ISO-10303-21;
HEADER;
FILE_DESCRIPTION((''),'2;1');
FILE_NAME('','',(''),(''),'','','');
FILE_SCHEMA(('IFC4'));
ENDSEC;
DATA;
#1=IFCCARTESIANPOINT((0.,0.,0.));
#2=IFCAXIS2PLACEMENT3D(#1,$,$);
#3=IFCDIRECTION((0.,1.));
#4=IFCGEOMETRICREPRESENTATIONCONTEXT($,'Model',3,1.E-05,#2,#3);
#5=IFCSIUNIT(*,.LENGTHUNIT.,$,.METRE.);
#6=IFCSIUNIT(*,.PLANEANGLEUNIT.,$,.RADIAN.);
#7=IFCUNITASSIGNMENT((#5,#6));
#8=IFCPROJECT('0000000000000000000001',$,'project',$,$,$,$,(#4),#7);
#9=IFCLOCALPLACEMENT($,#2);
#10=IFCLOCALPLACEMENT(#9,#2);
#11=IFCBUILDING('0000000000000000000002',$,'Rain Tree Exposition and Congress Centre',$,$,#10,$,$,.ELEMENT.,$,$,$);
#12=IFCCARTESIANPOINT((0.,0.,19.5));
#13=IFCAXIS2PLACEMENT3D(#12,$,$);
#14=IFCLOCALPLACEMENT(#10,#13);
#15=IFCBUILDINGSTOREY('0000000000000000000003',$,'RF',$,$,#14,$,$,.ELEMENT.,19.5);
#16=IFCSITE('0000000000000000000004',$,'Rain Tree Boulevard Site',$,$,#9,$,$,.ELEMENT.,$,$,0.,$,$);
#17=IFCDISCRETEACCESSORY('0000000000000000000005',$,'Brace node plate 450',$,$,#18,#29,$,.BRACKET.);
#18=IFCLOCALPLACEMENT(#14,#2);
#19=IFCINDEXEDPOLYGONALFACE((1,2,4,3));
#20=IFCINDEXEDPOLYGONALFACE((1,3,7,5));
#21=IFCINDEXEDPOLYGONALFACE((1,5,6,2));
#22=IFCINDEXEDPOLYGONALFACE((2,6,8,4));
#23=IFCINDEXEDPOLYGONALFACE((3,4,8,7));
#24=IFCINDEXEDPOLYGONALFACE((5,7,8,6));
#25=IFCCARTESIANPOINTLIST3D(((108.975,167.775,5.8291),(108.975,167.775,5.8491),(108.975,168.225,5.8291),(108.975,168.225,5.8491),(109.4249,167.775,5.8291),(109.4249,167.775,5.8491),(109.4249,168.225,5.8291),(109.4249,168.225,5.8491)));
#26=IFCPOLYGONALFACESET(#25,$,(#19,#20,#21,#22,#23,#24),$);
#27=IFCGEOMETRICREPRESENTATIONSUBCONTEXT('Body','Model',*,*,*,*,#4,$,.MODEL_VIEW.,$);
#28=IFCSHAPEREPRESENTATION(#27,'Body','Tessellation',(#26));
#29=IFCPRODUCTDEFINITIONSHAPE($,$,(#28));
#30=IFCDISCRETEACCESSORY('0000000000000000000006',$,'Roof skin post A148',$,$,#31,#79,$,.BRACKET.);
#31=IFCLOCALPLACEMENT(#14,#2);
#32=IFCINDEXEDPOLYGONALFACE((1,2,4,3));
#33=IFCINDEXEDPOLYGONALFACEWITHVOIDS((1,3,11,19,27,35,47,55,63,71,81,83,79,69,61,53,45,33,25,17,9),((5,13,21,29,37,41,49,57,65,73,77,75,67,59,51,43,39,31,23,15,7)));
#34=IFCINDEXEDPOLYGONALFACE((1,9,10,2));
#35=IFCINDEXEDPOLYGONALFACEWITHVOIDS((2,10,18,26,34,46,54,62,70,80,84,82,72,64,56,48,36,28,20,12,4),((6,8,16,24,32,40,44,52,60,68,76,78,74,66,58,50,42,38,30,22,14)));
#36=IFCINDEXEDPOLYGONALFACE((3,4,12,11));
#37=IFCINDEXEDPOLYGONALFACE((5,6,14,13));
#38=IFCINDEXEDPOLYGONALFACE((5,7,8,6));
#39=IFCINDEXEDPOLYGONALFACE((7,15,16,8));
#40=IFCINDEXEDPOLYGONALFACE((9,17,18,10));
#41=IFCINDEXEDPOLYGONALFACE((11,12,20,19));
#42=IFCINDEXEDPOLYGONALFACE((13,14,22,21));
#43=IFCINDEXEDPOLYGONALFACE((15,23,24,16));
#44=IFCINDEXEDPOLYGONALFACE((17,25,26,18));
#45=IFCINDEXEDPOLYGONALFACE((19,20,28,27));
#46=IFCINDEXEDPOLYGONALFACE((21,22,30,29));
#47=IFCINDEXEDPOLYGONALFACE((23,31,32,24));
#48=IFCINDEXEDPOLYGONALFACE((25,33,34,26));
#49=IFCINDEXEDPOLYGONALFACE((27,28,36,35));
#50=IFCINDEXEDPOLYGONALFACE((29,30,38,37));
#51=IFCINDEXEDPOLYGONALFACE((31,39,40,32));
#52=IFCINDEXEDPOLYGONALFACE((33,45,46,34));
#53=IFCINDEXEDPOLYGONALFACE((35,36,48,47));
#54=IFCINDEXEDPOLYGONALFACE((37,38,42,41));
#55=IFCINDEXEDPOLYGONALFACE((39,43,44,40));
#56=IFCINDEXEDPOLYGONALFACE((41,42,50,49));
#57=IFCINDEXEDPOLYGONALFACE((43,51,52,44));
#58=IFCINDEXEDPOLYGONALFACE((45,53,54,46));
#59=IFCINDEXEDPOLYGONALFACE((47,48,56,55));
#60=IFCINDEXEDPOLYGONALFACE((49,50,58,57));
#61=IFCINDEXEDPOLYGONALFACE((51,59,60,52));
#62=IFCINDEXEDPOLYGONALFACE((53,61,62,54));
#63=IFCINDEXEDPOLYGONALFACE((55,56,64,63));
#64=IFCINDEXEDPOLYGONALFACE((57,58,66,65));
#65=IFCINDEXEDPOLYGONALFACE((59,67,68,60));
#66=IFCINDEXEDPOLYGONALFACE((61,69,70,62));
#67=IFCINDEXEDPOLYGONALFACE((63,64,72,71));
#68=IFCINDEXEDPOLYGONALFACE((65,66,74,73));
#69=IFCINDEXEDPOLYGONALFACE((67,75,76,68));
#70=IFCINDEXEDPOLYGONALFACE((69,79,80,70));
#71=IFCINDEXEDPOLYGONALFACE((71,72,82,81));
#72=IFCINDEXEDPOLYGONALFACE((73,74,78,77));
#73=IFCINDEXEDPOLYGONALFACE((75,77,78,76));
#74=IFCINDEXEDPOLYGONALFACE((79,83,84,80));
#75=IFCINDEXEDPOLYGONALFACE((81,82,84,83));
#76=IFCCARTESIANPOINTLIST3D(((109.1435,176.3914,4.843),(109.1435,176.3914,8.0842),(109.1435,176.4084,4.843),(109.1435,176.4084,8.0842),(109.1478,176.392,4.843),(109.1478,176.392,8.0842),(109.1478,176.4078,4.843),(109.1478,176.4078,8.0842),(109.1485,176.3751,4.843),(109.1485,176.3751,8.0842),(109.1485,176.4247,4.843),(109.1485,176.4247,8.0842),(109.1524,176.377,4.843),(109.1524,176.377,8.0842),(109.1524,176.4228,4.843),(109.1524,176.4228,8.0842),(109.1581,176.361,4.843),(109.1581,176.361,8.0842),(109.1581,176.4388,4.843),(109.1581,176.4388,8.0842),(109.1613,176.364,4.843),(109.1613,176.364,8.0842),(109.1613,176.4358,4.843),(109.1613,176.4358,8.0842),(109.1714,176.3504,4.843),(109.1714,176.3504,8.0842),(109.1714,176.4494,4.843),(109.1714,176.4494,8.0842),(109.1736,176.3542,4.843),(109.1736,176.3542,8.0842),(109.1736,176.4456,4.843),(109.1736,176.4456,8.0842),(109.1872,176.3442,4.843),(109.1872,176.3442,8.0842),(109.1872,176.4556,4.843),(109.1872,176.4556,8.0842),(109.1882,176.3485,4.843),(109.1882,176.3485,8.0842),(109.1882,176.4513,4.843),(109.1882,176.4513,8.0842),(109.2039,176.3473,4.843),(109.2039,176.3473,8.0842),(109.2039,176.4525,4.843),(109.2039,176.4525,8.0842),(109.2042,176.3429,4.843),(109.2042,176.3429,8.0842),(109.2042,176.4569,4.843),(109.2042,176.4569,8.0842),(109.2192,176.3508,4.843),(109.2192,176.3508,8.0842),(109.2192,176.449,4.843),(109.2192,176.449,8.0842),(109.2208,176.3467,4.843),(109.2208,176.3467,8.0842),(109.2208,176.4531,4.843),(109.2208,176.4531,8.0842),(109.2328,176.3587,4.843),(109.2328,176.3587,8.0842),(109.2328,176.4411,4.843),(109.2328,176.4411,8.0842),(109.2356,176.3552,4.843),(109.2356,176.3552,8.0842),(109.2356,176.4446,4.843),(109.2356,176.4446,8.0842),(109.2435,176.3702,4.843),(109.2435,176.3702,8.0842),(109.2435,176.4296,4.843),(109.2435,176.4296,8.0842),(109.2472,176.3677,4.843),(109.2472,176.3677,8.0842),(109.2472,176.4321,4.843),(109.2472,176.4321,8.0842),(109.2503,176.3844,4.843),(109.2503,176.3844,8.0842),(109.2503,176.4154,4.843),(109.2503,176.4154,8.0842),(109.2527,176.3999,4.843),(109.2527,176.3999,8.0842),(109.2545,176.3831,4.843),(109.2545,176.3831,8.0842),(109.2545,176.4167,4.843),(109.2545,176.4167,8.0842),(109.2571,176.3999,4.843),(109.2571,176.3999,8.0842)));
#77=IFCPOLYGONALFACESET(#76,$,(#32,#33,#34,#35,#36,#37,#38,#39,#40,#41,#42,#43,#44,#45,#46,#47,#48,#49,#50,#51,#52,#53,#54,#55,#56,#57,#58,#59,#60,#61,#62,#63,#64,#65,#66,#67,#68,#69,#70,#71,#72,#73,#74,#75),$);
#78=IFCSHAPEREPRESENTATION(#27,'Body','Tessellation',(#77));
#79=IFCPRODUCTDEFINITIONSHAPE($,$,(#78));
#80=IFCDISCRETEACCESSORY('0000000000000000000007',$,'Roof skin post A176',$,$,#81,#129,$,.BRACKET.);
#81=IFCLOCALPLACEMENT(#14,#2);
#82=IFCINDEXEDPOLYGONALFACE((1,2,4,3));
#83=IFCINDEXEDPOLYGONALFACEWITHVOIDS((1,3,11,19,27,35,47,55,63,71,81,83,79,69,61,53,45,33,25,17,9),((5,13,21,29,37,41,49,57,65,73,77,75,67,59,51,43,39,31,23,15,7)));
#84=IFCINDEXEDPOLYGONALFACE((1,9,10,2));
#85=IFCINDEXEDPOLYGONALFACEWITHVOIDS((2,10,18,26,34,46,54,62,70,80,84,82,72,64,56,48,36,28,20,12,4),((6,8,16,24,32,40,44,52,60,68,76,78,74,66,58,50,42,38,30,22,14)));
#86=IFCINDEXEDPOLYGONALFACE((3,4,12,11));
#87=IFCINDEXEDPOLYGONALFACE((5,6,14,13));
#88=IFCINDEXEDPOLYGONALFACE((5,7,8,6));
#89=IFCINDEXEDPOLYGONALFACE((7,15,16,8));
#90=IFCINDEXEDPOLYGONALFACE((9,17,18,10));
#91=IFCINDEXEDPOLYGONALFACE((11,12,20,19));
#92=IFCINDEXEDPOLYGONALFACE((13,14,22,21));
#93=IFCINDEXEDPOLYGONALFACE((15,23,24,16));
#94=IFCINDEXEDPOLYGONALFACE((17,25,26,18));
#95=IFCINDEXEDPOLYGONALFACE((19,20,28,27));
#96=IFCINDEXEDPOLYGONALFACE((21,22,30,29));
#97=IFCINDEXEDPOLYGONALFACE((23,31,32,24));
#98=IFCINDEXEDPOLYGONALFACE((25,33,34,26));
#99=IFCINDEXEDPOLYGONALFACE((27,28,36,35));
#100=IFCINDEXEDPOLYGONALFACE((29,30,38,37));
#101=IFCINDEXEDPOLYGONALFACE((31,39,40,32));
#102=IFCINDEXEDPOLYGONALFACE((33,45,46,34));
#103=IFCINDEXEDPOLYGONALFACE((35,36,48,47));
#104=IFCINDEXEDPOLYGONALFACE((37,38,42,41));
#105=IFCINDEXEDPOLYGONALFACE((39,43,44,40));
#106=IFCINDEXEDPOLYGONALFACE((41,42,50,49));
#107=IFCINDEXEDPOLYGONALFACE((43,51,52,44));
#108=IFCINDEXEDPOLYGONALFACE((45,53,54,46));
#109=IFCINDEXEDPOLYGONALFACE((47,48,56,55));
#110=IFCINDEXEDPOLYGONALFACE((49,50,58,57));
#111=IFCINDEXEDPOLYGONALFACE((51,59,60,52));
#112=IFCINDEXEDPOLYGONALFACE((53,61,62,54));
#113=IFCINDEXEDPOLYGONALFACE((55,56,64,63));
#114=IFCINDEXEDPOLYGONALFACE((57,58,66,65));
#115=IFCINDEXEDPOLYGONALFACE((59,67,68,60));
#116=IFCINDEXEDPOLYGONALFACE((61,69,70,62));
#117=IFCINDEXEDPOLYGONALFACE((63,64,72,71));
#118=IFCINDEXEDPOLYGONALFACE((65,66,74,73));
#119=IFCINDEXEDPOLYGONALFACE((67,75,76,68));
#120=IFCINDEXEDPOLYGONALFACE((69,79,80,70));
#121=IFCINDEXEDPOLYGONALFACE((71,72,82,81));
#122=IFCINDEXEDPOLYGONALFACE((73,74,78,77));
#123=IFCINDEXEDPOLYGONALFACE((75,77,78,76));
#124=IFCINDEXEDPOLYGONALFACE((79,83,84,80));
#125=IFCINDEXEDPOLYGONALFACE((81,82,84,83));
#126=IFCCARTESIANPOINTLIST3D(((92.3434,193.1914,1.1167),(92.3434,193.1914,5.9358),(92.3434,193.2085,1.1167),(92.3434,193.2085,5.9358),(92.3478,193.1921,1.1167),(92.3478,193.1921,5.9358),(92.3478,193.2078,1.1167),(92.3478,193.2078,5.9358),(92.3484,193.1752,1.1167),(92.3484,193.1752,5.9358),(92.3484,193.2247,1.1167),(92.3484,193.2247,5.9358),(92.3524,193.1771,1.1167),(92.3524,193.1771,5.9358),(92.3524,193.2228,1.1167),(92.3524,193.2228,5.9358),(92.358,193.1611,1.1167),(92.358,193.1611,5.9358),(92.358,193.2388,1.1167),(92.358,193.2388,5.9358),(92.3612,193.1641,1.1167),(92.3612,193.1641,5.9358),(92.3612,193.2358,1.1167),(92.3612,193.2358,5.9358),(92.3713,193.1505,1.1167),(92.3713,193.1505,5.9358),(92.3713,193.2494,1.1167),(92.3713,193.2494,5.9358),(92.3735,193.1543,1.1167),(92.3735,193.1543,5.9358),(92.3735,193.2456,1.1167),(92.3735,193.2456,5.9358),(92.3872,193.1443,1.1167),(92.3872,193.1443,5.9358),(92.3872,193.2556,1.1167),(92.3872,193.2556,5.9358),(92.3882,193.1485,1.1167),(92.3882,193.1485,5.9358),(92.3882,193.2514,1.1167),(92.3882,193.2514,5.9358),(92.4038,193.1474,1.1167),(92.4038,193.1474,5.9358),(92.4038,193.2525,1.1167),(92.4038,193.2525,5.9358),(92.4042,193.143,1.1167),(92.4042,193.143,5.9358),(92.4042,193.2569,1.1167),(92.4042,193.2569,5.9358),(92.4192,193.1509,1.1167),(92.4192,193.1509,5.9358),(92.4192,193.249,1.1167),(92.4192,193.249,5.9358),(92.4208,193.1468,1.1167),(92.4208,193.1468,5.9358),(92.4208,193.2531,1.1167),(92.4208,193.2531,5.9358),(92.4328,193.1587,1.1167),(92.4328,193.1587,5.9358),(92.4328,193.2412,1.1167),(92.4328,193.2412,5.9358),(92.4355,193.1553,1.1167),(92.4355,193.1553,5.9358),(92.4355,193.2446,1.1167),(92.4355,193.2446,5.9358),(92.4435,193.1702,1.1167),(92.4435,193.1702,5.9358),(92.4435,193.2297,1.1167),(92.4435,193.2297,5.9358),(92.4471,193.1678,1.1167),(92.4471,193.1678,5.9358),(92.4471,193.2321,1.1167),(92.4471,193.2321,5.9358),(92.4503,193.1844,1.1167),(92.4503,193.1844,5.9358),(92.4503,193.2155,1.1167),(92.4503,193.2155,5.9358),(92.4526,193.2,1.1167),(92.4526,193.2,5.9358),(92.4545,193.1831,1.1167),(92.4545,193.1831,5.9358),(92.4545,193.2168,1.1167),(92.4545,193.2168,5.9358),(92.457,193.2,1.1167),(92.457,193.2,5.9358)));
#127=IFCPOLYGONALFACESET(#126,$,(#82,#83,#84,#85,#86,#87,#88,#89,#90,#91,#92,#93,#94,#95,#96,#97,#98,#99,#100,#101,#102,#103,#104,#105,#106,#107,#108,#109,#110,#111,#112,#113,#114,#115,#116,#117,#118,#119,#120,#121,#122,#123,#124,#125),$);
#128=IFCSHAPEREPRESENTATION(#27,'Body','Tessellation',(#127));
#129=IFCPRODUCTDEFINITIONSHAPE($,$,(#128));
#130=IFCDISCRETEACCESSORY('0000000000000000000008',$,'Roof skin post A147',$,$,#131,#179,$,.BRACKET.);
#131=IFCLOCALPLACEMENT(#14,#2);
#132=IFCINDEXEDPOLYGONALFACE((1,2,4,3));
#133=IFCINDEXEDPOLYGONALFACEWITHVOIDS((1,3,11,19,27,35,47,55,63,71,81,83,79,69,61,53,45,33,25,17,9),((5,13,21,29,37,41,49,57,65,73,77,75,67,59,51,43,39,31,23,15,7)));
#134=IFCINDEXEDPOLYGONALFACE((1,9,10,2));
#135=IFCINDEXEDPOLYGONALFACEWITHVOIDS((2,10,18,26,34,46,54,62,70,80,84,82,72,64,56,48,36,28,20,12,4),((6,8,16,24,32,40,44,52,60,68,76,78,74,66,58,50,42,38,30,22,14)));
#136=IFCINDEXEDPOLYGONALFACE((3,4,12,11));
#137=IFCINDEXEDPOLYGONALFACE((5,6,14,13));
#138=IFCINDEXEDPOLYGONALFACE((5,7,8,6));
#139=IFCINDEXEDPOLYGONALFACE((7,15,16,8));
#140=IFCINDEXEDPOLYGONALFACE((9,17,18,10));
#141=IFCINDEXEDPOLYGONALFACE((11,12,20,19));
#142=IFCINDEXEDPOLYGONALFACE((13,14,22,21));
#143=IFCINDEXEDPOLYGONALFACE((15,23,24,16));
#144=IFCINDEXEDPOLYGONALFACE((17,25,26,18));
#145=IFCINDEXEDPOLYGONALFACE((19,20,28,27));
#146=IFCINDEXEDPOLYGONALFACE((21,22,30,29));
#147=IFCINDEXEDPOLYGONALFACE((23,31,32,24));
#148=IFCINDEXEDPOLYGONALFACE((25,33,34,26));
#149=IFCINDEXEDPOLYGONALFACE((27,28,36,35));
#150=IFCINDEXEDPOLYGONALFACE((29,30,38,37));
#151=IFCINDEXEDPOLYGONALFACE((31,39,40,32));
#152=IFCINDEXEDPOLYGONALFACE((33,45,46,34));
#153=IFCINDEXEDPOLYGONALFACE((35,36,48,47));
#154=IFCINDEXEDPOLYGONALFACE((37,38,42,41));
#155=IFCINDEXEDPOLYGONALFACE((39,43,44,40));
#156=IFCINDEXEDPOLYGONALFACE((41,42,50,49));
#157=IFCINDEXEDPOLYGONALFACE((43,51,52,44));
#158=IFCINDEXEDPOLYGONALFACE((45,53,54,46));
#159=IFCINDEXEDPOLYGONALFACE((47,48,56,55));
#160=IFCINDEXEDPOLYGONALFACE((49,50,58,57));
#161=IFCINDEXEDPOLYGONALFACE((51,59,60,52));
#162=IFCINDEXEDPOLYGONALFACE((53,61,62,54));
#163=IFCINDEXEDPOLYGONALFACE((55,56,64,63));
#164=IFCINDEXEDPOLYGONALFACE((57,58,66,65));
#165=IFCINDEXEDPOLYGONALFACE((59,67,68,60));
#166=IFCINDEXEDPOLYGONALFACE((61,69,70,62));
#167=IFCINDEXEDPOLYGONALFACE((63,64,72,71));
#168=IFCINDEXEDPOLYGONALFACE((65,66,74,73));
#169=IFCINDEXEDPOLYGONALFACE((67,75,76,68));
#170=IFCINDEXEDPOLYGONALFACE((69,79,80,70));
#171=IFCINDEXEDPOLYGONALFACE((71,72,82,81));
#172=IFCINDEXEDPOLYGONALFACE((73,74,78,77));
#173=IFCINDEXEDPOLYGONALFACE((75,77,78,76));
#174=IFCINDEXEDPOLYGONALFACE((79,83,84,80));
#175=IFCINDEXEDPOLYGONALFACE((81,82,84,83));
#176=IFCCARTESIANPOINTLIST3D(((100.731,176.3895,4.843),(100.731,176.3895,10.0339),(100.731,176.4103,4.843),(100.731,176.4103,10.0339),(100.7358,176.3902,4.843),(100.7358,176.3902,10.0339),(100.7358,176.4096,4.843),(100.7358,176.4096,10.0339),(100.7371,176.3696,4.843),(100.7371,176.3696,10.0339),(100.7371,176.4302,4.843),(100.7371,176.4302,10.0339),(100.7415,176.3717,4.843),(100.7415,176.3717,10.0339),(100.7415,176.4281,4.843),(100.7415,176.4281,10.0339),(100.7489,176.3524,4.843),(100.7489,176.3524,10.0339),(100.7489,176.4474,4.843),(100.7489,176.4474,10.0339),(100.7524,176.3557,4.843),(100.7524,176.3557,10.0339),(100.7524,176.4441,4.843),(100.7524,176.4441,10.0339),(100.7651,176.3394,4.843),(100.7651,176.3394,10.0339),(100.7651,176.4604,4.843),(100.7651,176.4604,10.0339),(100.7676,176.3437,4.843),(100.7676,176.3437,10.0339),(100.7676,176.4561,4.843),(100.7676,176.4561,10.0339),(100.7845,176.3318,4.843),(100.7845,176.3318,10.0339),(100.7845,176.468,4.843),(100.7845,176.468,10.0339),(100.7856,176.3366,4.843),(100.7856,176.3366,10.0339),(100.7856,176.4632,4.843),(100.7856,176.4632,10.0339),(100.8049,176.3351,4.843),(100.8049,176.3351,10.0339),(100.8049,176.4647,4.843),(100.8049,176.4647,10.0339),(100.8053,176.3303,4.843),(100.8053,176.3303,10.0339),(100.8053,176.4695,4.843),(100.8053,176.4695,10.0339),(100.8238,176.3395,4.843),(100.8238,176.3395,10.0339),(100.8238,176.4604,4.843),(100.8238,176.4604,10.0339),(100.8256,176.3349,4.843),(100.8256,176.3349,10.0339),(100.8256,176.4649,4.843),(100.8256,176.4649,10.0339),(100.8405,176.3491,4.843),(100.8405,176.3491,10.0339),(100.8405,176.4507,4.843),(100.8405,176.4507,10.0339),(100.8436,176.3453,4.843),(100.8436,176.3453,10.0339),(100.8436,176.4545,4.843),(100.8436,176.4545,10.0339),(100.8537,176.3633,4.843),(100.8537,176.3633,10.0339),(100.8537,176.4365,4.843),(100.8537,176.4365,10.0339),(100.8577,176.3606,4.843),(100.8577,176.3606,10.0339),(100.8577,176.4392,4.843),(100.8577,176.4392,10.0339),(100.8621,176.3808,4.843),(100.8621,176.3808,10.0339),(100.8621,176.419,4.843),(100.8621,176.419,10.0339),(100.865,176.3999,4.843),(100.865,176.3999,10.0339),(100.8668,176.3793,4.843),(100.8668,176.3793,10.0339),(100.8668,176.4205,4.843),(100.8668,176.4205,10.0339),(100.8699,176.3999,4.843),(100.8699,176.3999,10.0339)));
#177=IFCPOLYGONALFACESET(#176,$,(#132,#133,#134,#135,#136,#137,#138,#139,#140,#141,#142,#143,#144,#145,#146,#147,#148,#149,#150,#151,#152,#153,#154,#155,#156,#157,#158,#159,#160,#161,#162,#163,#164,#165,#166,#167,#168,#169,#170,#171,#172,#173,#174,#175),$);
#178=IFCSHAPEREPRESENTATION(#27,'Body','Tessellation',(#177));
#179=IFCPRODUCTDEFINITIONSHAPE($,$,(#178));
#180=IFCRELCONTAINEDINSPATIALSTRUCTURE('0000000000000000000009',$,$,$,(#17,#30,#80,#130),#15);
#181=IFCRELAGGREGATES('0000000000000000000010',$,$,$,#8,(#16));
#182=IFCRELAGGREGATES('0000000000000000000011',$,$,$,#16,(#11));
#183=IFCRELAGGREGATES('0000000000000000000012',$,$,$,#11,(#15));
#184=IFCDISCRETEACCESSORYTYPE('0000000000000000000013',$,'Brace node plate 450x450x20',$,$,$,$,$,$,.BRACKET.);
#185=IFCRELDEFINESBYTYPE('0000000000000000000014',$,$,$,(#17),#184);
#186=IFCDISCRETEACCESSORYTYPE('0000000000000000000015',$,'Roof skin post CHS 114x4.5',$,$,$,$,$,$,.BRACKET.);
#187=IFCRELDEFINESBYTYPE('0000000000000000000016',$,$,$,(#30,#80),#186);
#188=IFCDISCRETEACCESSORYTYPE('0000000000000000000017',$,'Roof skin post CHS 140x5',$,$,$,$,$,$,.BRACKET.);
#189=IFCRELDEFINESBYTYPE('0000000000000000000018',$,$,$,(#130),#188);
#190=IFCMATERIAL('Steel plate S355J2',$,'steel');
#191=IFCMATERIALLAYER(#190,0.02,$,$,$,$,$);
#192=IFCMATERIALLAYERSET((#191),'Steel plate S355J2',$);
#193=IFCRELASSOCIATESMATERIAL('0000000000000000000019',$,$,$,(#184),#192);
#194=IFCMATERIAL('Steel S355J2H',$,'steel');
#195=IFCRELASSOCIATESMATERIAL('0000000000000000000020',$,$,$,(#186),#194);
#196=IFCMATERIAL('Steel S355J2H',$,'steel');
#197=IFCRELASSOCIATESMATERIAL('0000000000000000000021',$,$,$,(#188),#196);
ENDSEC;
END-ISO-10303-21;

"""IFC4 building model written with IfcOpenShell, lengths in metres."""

from ifc_helpers import new_model, si_unit, direction, frame, origin, origin_2d, place, context, subcontext, project, spatial, rectangle, hollow_circle, extrude, material, layer, layer_set, material_profile, profile_set, type_object, element, save


model = new_model("IFC4")

# Units and contexts
model_context = context("Model", 3, precision=1e-05, world=origin(), true_north=direction((0.0, 1.0)))
body_context = subcontext(model_context, "Body", "Model", "MODEL_VIEW")
ifc_project = project(units=[si_unit("LENGTHUNIT", "METRE"), si_unit("PLANEANGLEUNIT", "RADIAN")], contexts=[model_context])

# Site, building, storey
site_placement = place(None, origin())
site = spatial("IfcSite", under=ifc_project, at=site_placement, Name="Rain Tree Boulevard Site", CompositionType="ELEMENT", RefElevation=0.0)
building_placement = place(site_placement, origin())
building = spatial("IfcBuilding", under=site, at=building_placement, Name="Rain Tree Exposition and Congress Centre", CompositionType="ELEMENT")
storey_placement = place(building_placement, frame((0.0, 0.0, 19.5)))
storey = spatial("IfcBuildingStorey", under=building, at=storey_placement, Name="RF", CompositionType="ELEMENT", Elevation=19.5)

# Discrete accessories
ifc_material_1 = material(Name="Steel plate S355J2", Category="steel")
ifc_layer_1 = layer(ifc_material_1, 0.02)
ifc_layer_set_1 = layer_set([ifc_layer_1], Name="Steel plate S355J2")
discrete_accessory_type_1 = type_object("IfcDiscreteAccessoryType", Name="Brace node plate 450x450x20", PredefinedType="BRACKET", material=ifc_layer_set_1)
for number, where, z_axis, x_axis, name in (
    (1, (109.2, 168.0, 5.8291), (0.0, 0.0, 1.0), (1.0, 0.0, 0.0), "Brace node plate 450"),
):
    element("IfcDiscreteAccessory", number, at=place(storey_placement, frame(where, z_axis=z_axis, x_axis=x_axis)), inside=storey, type_object=discrete_accessory_type_1, Name=name, PredefinedType="BRACKET", context=body_context, shape_type="SweptSolid", body=[
        extrude(rectangle(XDim=0.45, YDim=0.45, at=origin_2d()), origin(), (0.0, 0.0, 1.0), 0.02),
    ])
ifc_material_2 = material(Name="Steel S355J2H", Category="steel")
ifc_material_profile_1 = material_profile(ifc_material_2, hollow_circle(Radius=0.0571, WallThickness=0.0044, at=origin_2d()), Name="CHS 114x4.5")
ifc_profile_set_1 = profile_set([ifc_material_profile_1], Name="Steel S355J2H")
discrete_accessory_type_2 = type_object("IfcDiscreteAccessoryType", Name="Roof skin post CHS 114x4.5", PredefinedType="BRACKET", material=ifc_profile_set_1)
discrete_accessory_1_placement = place(storey_placement, frame((109.2, 176.3999, 4.843), z_axis=(0.0, 0.0, 1.0), x_axis=(1.0, 0.0, 0.0)))
element("IfcDiscreteAccessory", 2, at=discrete_accessory_1_placement, inside=storey, type_object=discrete_accessory_type_2, Name="Roof skin post A148", PredefinedType="BRACKET", context=body_context, shape_type="SweptSolid", body=[
    extrude(hollow_circle(Radius=0.0571, WallThickness=0.0044, at=origin_2d()), origin(), (0.0, 0.0, 1.0), 3.2412),
])
discrete_accessory_2_placement = place(storey_placement, frame((92.3999, 193.2, 1.1167), z_axis=(0.0, 0.0, 1.0), x_axis=(1.0, 0.0, 0.0)))
element("IfcDiscreteAccessory", 3, at=discrete_accessory_2_placement, inside=storey, type_object=discrete_accessory_type_2, Name="Roof skin post A176", PredefinedType="BRACKET", context=body_context, shape_type="SweptSolid", body=[
    extrude(hollow_circle(Radius=0.0571, WallThickness=0.0044, at=origin_2d()), origin(), (0.0, 0.0, 1.0), 4.8191),
])
ifc_material_3 = material(Name="Steel S355J2H", Category="steel")
ifc_material_profile_2 = material_profile(ifc_material_3, hollow_circle(Radius=0.0698, WallThickness=0.0049, at=origin_2d()), Name="CHS 140x5")
ifc_profile_set_2 = profile_set([ifc_material_profile_2], Name="Steel S355J2H")
discrete_accessory_type_3 = type_object("IfcDiscreteAccessoryType", Name="Roof skin post CHS 140x5", PredefinedType="BRACKET", material=ifc_profile_set_2)
discrete_accessory_3_placement = place(storey_placement, frame((100.8, 176.3999, 4.843), z_axis=(0.0, 0.0, 1.0), x_axis=(1.0, 0.0, 0.0)))
element("IfcDiscreteAccessory", 4, at=discrete_accessory_3_placement, inside=storey, type_object=discrete_accessory_type_3, Name="Roof skin post A147", PredefinedType="BRACKET", context=body_context, shape_type="SweptSolid", body=[
    extrude(hollow_circle(Radius=0.0698, WallThickness=0.0049, at=origin_2d()), origin(), (0.0, 0.0, 1.0), 5.1909),
])

save(model, "model.ifc")
